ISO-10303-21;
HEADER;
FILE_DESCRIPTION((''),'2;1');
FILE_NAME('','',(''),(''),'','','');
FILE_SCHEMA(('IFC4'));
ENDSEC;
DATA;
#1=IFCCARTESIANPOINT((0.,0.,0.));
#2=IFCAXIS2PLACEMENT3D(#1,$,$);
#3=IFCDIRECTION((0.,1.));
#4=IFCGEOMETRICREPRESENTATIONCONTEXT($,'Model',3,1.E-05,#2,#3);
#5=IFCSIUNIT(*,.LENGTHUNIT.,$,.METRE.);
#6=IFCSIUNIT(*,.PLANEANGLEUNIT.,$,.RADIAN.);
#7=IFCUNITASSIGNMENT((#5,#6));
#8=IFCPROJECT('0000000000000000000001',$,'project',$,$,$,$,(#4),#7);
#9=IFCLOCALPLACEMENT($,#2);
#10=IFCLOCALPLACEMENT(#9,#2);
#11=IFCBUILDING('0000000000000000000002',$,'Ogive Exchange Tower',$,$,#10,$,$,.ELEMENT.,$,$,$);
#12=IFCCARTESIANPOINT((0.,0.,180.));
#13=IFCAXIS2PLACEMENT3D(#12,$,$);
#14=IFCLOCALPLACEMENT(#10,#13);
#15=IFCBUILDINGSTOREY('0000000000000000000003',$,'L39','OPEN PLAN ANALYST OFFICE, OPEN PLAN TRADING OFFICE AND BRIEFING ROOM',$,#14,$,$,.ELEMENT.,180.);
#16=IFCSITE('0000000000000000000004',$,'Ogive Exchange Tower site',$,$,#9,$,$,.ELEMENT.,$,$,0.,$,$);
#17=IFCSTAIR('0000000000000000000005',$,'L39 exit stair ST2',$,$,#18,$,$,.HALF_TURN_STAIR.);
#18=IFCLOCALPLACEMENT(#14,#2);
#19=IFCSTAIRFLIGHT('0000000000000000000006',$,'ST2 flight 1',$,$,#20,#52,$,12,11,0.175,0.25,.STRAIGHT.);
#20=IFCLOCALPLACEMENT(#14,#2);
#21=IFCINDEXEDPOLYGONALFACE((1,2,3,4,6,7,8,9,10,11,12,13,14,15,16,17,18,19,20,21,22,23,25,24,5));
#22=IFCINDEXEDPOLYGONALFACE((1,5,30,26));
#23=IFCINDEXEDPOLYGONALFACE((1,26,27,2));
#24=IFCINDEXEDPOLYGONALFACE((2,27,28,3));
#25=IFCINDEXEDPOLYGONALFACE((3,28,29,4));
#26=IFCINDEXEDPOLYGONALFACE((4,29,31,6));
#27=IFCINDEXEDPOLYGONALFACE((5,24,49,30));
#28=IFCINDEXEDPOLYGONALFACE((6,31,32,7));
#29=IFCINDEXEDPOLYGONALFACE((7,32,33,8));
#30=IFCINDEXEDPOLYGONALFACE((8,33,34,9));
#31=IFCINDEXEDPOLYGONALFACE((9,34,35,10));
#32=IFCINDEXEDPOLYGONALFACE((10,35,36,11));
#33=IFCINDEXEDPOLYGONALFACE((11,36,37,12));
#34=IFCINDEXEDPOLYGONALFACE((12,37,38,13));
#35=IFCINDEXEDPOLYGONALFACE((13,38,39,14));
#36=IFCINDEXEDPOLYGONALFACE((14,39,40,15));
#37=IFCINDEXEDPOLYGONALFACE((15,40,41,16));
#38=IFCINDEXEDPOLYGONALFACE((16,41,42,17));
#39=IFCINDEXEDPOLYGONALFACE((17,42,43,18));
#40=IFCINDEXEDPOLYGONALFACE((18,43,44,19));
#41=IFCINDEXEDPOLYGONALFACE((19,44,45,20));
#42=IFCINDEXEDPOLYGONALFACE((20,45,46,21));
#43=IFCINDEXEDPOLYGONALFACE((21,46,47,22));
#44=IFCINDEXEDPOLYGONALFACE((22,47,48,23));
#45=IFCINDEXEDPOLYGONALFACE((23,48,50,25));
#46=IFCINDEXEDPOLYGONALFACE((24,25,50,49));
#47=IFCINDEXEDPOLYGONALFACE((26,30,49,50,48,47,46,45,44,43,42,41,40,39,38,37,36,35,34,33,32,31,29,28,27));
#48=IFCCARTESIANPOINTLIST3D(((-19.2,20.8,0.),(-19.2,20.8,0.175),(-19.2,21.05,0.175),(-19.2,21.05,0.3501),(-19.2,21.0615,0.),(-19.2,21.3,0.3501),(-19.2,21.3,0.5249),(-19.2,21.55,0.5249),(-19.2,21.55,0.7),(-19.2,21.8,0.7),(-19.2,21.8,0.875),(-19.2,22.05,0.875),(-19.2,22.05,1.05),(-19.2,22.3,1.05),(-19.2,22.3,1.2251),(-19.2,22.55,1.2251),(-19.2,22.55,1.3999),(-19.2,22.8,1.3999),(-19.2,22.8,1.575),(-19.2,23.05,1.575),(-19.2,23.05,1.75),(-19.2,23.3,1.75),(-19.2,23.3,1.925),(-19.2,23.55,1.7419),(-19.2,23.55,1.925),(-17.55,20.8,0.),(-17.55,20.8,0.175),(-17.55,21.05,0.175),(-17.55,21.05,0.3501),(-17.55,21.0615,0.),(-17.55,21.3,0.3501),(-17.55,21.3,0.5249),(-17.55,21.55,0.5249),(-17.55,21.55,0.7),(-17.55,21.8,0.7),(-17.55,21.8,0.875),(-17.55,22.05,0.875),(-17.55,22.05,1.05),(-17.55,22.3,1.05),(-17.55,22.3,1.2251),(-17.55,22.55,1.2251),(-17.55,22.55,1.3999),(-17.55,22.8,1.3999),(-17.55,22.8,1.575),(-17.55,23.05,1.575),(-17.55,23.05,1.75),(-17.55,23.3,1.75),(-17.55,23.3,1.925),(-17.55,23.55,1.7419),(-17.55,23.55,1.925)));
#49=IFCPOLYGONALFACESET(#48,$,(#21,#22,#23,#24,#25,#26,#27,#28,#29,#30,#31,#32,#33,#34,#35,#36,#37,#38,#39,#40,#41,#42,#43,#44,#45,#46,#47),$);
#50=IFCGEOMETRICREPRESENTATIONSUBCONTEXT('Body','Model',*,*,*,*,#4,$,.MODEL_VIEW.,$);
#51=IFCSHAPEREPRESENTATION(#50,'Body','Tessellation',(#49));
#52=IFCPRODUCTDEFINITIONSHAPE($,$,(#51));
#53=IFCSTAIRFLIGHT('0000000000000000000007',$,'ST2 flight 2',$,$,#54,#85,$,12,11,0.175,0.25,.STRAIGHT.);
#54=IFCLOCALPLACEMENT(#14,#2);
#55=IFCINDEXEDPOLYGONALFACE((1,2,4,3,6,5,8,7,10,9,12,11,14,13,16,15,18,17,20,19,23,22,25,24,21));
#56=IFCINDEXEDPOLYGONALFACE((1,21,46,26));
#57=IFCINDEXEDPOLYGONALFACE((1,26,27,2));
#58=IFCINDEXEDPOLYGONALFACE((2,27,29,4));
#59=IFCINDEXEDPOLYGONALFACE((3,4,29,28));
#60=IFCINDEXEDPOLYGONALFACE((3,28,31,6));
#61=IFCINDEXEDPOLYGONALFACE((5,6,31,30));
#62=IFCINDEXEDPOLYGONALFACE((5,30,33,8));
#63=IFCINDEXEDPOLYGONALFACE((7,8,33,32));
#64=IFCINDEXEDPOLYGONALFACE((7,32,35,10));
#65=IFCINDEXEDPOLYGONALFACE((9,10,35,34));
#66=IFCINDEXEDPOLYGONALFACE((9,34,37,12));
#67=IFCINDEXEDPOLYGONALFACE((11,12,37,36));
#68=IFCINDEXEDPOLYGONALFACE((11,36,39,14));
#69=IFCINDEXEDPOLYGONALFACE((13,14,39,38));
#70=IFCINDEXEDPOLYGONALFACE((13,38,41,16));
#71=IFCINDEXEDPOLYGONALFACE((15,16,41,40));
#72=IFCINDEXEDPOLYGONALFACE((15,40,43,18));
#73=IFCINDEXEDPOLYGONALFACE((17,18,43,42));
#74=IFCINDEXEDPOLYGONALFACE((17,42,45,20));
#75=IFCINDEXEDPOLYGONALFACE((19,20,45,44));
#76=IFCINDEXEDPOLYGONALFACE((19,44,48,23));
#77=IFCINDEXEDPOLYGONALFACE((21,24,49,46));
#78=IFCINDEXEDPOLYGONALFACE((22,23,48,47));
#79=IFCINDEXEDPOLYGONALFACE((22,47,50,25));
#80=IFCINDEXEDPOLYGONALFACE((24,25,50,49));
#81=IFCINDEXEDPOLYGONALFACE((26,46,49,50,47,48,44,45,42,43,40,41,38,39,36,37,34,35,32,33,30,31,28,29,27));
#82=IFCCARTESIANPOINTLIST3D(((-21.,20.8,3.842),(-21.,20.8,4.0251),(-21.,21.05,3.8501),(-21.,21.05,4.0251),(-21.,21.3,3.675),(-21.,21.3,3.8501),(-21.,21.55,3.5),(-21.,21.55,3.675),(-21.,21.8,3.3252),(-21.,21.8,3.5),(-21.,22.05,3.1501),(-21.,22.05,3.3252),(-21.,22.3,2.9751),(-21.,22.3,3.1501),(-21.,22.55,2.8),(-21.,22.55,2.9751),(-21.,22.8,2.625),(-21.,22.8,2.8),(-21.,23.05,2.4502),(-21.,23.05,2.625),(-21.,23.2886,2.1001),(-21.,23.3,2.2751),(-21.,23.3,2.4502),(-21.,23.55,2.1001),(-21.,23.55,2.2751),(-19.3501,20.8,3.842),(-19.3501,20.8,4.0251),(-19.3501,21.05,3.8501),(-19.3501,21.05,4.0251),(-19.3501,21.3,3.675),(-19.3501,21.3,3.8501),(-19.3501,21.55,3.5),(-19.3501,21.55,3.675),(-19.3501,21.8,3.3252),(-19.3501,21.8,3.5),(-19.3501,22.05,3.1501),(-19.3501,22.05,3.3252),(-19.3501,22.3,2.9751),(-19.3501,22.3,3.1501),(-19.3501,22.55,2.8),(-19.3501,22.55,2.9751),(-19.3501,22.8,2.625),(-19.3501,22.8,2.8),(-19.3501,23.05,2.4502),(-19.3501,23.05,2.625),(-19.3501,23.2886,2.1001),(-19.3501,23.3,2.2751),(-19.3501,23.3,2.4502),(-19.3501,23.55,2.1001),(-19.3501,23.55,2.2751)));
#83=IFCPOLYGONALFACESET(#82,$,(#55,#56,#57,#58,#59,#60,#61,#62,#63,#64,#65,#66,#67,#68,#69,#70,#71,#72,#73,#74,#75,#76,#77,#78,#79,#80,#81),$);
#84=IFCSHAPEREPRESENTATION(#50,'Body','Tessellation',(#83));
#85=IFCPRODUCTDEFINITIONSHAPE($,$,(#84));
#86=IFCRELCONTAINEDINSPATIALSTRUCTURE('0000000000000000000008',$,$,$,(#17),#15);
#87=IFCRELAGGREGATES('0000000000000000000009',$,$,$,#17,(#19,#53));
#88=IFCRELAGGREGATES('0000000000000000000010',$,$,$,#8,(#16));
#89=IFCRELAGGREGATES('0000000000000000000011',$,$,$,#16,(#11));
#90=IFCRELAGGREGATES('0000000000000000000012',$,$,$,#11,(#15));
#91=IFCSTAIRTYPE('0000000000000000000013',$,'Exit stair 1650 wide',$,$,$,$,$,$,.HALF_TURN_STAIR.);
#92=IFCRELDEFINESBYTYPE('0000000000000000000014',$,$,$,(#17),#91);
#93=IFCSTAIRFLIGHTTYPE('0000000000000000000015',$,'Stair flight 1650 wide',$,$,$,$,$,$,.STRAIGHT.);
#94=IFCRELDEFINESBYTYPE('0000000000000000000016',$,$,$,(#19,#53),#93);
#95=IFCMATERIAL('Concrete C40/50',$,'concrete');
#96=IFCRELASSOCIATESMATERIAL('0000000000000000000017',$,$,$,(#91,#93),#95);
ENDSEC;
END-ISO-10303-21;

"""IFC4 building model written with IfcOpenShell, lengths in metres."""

from ifc_helpers import new_model, si_unit, direction, frame, origin, place, context, subcontext, project, spatial, polyline, outline, extrude, material, type_object, element, aggregate, save


model = new_model("IFC4")

# Units and contexts
model_context = context("Model", 3, precision=1e-05, world=origin(), true_north=direction((0.0, 1.0)))
body_context = subcontext(model_context, "Body", "Model", "MODEL_VIEW")
ifc_project = project(units=[si_unit("LENGTHUNIT", "METRE"), si_unit("PLANEANGLEUNIT", "RADIAN")], contexts=[model_context])

# Site, building, storey
site_placement = place(None, origin())
site = spatial("IfcSite", under=ifc_project, at=site_placement, Name="Ogive Exchange Tower site", CompositionType="ELEMENT", RefElevation=0.0)
building_placement = place(site_placement, origin())
building = spatial("IfcBuilding", under=site, at=building_placement, Name="Ogive Exchange Tower", CompositionType="ELEMENT")
storey_placement = place(building_placement, frame((0.0, 0.0, 180.0)))
storey = spatial("IfcBuildingStorey", under=building, at=storey_placement, Name="L39", Description="OPEN PLAN ANALYST OFFICE, OPEN PLAN TRADING OFFICE AND BRIEFING ROOM", CompositionType="ELEMENT", Elevation=180.0)

# Stair, stair flights
ifc_material_1 = material(Name="Concrete C40/50", Category="concrete")
stair_type = type_object("IfcStairType", Name="Exit stair 1650 wide", PredefinedType="HALF_TURN_STAIR", material=ifc_material_1)
stair_placement = place(storey_placement, origin())
stair = element("IfcStair", 1, at=stair_placement, inside=storey, type_object=stair_type, Name="L39 exit stair ST2", PredefinedType="HALF_TURN_STAIR")
stair_flight_type = type_object("IfcStairFlightType", Name="Stair flight 1650 wide", PredefinedType="STRAIGHT", material=ifc_material_1)
stair_flight_1_placement = place(storey_placement, frame((-18.375, 20.8, 0.0), z_axis=(0.0, 0.0, 1.0), x_axis=(0.0, 1.0, 0.0)))
stair_flight_1 = element("IfcStairFlight", 2, at=stair_flight_1_placement, type_object=stair_flight_type, Name="ST2 flight 1", NumberOfRisers=12, NumberOfTreads=11, PredefinedType="STRAIGHT", RiserHeight=0.175, TreadLength=0.25, context=body_context, shape_type="SweptSolid", body=[
    extrude(outline(polyline([(0.0, 0.0), (0.0, 0.175), (0.25, 0.175), (0.25, 0.3501), (0.5, 0.3501), (0.5, 0.5249), (0.75, 0.5249), (0.75, 0.7), (1.0, 0.7), (1.0, 0.875), (1.25, 0.875), (1.25, 1.05), (1.5, 1.05), (1.5, 1.2251), (1.75, 1.2251), (1.75, 1.3999), (2.0, 1.3999), (2.0, 1.575), (2.25, 1.575), (2.25, 1.75), (2.5, 1.75), (2.5, 1.925), (2.75, 1.925), (2.75, 2.1001), (2.75, 1.7419), (0.2615, 0.0), (0.0, 0.0)])), frame((0.0, 0.825, 0.0), z_axis=(0.0, -1.0, 0.0), x_axis=(1.0, 0.0, 0.0)), (0.0, 0.0, 1.0), 1.6499),
])
stair_flight_2_placement = place(storey_placement, frame((-20.175, 23.55, 2.1001), z_axis=(0.0, 0.0, 1.0), x_axis=(0.0, -1.0, 0.0)))
stair_flight_2 = element("IfcStairFlight", 3, at=stair_flight_2_placement, type_object=stair_flight_type, Name="ST2 flight 2", NumberOfRisers=12, NumberOfTreads=11, PredefinedType="STRAIGHT", RiserHeight=0.175, TreadLength=0.25, context=body_context, shape_type="SweptSolid", body=[
    extrude(outline(polyline([(0.0, 0.0), (0.0, 0.175), (0.25, 0.175), (0.25, 0.3501), (0.5, 0.3501), (0.5, 0.5249), (0.75, 0.5249), (0.75, 0.7), (1.0, 0.7), (1.0, 0.875), (1.25, 0.875), (1.25, 1.05), (1.5, 1.05), (1.5, 1.2251), (1.75, 1.2251), (1.75, 1.3999), (2.0, 1.3999), (2.0, 1.575), (2.25, 1.575), (2.25, 1.75), (2.5, 1.75), (2.5, 1.925), (2.75, 1.925), (2.75, 2.1001), (2.75, 1.7419), (0.2615, 0.0), (0.0, 0.0)])), frame((0.0, 0.825, 0.0), z_axis=(0.0, -1.0, 0.0), x_axis=(1.0, 0.0, 0.0)), (0.0, 0.0, 1.0), 1.6499),
])
aggregate(stair, [stair_flight_1, stair_flight_2])

save(model, "model.ifc")
